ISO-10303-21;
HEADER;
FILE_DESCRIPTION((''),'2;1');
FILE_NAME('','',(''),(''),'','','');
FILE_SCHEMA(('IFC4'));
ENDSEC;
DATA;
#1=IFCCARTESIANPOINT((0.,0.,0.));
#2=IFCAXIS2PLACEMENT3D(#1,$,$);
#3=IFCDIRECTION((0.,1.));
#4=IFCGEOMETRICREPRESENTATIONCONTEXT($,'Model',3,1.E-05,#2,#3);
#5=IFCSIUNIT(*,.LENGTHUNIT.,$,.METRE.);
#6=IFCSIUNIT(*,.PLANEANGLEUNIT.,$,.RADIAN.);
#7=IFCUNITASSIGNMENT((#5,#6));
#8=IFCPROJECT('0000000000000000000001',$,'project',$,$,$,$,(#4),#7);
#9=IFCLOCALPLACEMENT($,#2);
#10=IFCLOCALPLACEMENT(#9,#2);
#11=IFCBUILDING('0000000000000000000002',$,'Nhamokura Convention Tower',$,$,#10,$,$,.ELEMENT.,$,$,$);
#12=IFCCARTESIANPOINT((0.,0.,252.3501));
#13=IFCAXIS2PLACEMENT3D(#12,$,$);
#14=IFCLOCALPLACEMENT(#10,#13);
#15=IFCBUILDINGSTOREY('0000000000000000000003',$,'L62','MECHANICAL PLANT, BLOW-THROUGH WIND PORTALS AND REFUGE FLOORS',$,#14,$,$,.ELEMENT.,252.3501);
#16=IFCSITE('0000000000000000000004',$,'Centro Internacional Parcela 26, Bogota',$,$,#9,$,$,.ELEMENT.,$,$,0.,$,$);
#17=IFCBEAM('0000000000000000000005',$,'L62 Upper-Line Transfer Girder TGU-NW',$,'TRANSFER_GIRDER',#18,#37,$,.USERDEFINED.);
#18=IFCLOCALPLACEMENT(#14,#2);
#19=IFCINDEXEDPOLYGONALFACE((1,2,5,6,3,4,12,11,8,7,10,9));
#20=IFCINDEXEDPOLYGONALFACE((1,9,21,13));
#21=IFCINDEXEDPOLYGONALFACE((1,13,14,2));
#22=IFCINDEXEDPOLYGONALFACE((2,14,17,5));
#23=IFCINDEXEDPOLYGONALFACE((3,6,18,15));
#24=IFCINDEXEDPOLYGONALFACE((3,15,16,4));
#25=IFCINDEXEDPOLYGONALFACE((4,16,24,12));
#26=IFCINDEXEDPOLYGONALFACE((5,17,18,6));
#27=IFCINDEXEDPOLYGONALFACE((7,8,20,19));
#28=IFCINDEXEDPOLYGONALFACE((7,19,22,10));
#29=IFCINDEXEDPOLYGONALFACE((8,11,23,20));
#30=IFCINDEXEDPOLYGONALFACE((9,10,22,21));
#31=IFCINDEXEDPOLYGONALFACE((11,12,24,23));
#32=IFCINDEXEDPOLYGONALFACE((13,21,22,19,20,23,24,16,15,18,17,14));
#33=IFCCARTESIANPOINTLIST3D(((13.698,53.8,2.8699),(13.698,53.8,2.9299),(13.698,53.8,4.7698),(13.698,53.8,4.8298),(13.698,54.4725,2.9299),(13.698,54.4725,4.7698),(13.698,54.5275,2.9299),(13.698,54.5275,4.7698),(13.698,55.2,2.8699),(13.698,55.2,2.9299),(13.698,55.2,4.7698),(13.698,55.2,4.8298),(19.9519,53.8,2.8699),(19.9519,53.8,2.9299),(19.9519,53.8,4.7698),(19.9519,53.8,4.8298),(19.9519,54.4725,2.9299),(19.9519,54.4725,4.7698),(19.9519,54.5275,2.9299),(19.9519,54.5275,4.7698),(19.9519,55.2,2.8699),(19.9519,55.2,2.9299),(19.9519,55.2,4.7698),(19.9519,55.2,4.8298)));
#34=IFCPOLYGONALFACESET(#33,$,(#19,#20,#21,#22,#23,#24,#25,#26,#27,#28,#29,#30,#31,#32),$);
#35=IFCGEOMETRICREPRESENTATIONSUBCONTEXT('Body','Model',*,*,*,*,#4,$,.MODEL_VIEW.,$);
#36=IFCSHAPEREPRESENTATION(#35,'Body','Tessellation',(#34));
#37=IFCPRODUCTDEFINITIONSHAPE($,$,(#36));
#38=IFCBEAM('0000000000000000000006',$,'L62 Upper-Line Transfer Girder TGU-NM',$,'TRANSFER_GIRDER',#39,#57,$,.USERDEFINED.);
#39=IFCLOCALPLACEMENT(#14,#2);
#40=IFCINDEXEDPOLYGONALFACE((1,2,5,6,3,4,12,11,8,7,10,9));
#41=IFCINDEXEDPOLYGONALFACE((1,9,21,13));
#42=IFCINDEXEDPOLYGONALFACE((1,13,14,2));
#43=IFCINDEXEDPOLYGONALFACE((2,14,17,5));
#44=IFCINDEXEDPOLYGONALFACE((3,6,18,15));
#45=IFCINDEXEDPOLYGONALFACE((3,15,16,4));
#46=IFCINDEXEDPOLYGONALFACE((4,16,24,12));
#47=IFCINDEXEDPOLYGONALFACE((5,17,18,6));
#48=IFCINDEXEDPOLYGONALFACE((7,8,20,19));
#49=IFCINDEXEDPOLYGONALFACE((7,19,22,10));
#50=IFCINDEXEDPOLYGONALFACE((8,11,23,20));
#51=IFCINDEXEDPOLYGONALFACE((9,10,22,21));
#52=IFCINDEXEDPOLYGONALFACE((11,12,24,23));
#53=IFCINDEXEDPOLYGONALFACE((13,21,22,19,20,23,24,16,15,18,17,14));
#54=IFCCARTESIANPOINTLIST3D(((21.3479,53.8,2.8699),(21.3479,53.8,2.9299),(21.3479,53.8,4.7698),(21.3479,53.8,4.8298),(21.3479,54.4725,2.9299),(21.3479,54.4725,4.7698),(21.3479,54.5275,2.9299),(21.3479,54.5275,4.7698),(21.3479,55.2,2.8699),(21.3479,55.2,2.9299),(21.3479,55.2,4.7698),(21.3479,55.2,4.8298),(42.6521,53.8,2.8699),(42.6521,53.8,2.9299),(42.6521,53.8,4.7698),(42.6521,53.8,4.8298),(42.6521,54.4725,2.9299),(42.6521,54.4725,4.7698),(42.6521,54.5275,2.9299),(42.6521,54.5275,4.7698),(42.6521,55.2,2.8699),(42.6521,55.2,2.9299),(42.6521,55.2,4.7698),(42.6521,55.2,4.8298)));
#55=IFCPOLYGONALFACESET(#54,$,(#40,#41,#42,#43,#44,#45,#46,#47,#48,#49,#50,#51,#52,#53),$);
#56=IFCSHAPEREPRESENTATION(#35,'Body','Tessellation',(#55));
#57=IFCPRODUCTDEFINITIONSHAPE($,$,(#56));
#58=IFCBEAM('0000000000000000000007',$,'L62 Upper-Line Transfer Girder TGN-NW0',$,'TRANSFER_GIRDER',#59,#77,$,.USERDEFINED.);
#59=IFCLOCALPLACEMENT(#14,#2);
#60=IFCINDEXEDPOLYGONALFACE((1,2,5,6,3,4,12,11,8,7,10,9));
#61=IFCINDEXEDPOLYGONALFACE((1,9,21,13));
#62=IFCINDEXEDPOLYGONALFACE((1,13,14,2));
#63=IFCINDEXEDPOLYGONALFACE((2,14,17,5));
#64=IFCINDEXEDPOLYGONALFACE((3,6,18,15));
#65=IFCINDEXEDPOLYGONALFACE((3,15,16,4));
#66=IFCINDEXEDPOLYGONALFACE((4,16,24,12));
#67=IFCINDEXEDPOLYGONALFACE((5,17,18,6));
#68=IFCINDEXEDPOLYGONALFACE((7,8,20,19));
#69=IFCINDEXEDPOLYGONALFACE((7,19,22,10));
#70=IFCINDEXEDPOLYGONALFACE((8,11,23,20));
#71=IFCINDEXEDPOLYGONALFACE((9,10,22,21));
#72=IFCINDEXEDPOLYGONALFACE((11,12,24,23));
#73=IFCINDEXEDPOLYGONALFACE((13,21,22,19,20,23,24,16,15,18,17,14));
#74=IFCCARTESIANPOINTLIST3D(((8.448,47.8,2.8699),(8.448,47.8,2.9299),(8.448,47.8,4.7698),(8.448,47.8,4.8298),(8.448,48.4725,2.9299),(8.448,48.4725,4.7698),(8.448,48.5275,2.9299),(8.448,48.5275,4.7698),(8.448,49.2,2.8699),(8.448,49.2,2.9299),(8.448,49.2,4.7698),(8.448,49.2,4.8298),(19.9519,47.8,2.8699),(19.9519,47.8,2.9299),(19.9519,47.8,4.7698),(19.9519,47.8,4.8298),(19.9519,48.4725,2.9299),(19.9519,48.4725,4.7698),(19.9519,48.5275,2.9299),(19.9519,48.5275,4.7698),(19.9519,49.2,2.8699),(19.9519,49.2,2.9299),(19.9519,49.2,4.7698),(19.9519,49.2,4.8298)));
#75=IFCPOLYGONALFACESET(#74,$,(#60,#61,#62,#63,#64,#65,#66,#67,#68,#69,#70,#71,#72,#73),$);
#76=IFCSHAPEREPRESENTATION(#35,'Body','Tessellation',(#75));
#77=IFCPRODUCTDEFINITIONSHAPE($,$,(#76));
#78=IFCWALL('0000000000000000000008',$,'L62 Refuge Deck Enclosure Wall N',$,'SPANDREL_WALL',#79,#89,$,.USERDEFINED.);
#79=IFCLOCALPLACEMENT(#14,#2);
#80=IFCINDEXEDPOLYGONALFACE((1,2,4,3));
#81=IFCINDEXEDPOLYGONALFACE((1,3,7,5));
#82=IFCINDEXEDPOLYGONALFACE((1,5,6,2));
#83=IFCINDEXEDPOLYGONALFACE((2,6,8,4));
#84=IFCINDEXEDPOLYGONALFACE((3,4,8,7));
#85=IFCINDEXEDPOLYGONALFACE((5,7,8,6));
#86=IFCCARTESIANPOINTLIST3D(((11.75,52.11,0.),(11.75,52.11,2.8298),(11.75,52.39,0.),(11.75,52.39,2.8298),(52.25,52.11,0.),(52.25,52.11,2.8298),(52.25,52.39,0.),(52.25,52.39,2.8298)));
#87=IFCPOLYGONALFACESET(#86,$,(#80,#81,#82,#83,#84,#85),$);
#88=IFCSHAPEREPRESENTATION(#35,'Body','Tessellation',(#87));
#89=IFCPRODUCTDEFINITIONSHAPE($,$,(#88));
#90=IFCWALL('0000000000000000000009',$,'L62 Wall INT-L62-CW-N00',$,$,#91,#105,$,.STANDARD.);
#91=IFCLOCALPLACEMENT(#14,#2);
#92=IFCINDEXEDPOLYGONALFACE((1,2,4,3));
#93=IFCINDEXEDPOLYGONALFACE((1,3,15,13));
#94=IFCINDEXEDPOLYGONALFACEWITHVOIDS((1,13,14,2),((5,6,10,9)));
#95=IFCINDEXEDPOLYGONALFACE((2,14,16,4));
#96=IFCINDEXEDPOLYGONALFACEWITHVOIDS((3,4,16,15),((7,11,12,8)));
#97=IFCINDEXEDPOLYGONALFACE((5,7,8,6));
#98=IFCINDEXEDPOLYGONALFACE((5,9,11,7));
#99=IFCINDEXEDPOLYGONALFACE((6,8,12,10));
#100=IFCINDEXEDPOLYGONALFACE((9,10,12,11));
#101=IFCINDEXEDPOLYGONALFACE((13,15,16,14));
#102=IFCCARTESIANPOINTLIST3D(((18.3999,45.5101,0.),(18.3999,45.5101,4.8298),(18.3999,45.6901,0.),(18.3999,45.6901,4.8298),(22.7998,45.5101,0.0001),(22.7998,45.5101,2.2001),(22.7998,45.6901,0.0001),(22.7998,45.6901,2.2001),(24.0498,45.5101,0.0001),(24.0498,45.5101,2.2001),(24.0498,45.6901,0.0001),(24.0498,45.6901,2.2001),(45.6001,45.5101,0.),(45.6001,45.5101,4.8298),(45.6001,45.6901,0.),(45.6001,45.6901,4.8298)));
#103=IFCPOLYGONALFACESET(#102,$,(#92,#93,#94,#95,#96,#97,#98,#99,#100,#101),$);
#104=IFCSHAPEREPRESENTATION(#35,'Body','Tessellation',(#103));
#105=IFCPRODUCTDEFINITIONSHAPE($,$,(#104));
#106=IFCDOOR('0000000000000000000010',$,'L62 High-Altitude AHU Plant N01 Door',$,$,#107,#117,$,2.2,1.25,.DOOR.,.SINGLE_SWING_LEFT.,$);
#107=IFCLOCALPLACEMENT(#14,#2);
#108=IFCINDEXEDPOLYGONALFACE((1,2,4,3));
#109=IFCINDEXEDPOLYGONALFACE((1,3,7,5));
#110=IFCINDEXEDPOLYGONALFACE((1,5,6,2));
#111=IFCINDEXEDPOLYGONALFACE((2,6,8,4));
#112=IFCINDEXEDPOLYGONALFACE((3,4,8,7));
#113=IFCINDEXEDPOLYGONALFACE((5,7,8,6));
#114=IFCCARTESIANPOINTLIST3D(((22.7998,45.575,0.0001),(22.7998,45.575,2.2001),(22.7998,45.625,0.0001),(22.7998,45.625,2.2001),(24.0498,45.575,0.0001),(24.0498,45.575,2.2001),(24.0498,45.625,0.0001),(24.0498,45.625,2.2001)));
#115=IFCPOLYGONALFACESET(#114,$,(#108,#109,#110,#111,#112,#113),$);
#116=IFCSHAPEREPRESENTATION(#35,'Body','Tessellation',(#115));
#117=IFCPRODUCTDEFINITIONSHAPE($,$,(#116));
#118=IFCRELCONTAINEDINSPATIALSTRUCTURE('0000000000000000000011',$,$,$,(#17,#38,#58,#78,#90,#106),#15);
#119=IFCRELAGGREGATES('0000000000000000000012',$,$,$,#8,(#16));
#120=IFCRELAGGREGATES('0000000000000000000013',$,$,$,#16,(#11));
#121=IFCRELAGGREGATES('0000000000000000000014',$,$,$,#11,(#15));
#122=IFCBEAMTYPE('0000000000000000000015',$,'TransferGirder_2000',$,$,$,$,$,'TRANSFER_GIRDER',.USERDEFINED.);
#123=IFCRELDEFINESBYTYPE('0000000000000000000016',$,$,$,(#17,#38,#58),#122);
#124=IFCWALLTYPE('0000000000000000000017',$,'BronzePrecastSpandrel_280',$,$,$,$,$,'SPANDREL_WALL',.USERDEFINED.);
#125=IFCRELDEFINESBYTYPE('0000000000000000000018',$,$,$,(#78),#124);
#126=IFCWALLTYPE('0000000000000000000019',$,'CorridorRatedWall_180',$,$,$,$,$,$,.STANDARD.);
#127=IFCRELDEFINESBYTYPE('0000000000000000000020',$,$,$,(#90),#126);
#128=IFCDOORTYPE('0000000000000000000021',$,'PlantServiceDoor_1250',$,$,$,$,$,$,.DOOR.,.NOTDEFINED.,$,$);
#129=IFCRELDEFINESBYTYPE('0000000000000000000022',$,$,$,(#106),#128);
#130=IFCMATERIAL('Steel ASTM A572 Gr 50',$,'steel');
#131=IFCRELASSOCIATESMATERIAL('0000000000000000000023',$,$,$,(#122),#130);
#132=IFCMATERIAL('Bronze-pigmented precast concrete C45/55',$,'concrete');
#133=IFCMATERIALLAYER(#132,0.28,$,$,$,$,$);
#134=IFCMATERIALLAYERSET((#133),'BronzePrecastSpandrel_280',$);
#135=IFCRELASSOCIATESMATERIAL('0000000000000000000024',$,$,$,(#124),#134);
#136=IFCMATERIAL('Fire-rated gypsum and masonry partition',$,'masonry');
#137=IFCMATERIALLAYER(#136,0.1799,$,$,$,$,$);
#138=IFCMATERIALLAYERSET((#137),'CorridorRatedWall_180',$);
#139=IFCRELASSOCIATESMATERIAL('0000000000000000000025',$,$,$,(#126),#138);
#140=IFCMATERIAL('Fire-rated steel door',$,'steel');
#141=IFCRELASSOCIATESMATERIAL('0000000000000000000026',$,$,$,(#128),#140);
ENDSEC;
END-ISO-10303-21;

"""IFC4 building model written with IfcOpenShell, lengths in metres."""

from ifc_helpers import new_model, si_unit, direction, frame, frame_2d, origin, origin_2d, place, context, subcontext, project, spatial, rectangle, i_section, extrude, material, layer, layer_set, material_profile, profile_set, type_object, element, fill, save


model = new_model("IFC4")

# Units and contexts
model_context = context("Model", 3, precision=1e-05, world=origin(), true_north=direction((0.0, 1.0)))
body_context = subcontext(model_context, "Body", "Model", "MODEL_VIEW")
ifc_project = project(units=[si_unit("LENGTHUNIT", "METRE"), si_unit("PLANEANGLEUNIT", "RADIAN")], contexts=[model_context])

# Site, building, storey
site_placement = place(None, origin())
site = spatial("IfcSite", under=ifc_project, at=site_placement, Name="Centro Internacional Parcela 26, Bogota", CompositionType="ELEMENT", RefElevation=0.0)
building_placement = place(site_placement, origin())
building = spatial("IfcBuilding", under=site, at=building_placement, Name="Nhamokura Convention Tower", CompositionType="ELEMENT")
storey_placement = place(building_placement, frame((0.0, 0.0, 252.3501)))
storey = spatial("IfcBuildingStorey", under=building, at=storey_placement, Name="L62", Description="MECHANICAL PLANT, BLOW-THROUGH WIND PORTALS AND REFUGE FLOORS", CompositionType="ELEMENT", Elevation=252.3501)

# Beams
ifc_material_1 = material(Name="Steel ASTM A572 Gr 50", Category="steel")
ifc_material_profile_1 = material_profile(ifc_material_1, i_section(OverallWidth=1.3999, OverallDepth=1.96, WebThickness=0.0549, FlangeThickness=0.0601, at=origin_2d()))
ifc_profile_set_1 = profile_set([ifc_material_profile_1], Name="Steel ASTM A572 Gr 50")
beam_type_1 = type_object("IfcBeamType", Name="TransferGirder_2000", ElementType="TRANSFER_GIRDER", PredefinedType="USERDEFINED", material=ifc_profile_set_1)
beam_1_placement = place(storey_placement, frame((13.698, 54.5, 3.8499), z_axis=(1.0, 0.0, 0.0), x_axis=(0.0, 1.0, 0.0)))
element("IfcBeam", 1, at=beam_1_placement, inside=storey, type_object=beam_type_1, Name="L62 Upper-Line Transfer Girder TGU-NW", ObjectType="TRANSFER_GIRDER", PredefinedType="USERDEFINED", context=body_context, shape_type="SweptSolid", body=[
    extrude(i_section(OverallWidth=1.3999, OverallDepth=1.96, WebThickness=0.0549, FlangeThickness=0.0601, at=origin_2d()), origin(), (0.0, 0.0, 1.0), 6.2539),
])
beam_2_placement = place(storey_placement, frame((21.3479, 54.5, 3.8499), z_axis=(1.0, 0.0, 0.0), x_axis=(0.0, 1.0, 0.0)))
element("IfcBeam", 2, at=beam_2_placement, inside=storey, type_object=beam_type_1, Name="L62 Upper-Line Transfer Girder TGU-NM", ObjectType="TRANSFER_GIRDER", PredefinedType="USERDEFINED", context=body_context, shape_type="SweptSolid", body=[
    extrude(i_section(OverallWidth=1.3999, OverallDepth=1.96, WebThickness=0.0549, FlangeThickness=0.0601, at=origin_2d()), origin(), (0.0, 0.0, 1.0), 21.3042),
])
beam_3_placement = place(storey_placement, frame((8.448, 48.5, 3.8499), z_axis=(1.0, 0.0, 0.0), x_axis=(0.0, 1.0, 0.0)))
element("IfcBeam", 3, at=beam_3_placement, inside=storey, type_object=beam_type_1, Name="L62 Upper-Line Transfer Girder TGN-NW0", ObjectType="TRANSFER_GIRDER", PredefinedType="USERDEFINED", context=body_context, shape_type="SweptSolid", body=[
    extrude(i_section(OverallWidth=1.3999, OverallDepth=1.96, WebThickness=0.0549, FlangeThickness=0.0601, at=origin_2d()), origin(), (0.0, 0.0, 1.0), 11.5039),
])

# Wall
ifc_material_2 = material(Name="Bronze-pigmented precast concrete C45/55", Category="concrete")
ifc_layer_1 = layer(ifc_material_2, 0.28)
ifc_layer_set_1 = layer_set([ifc_layer_1], Name="BronzePrecastSpandrel_280")
wall_type_1 = type_object("IfcWallType", Name="BronzePrecastSpandrel_280", ElementType="SPANDREL_WALL", PredefinedType="USERDEFINED", material=ifc_layer_set_1)
wall_1_placement = place(storey_placement, frame((11.75, 52.25, 0.0), z_axis=(0.0, 0.0, 1.0), x_axis=(1.0, 0.0, 0.0)))
element("IfcWall", 4, at=wall_1_placement, inside=storey, type_object=wall_type_1, Name="L62 Refuge Deck Enclosure Wall N", ObjectType="SPANDREL_WALL", PredefinedType="USERDEFINED", context=body_context, shape_type="SweptSolid", body=[
    extrude(rectangle(XDim=40.5, YDim=0.28, at=frame_2d((20.25, 0.0))), origin(), (0.0, 0.0, 1.0), 2.8298),
])

# Wall, opening, door
ifc_material_3 = material(Name="Fire-rated gypsum and masonry partition", Category="masonry")
ifc_layer_2 = layer(ifc_material_3, 0.1799)
ifc_layer_set_2 = layer_set([ifc_layer_2], Name="CorridorRatedWall_180")
wall_type_2 = type_object("IfcWallType", Name="CorridorRatedWall_180", PredefinedType="STANDARD", material=ifc_layer_set_2)
wall_2_placement = place(storey_placement, frame((18.3999, 45.6001, 0.0), z_axis=(0.0, 0.0, 1.0), x_axis=(1.0, 0.0, 0.0)))
wall_2 = element("IfcWall", 5, at=wall_2_placement, inside=storey, type_object=wall_type_2, Name="L62 Wall INT-L62-CW-N00", PredefinedType="STANDARD", context=body_context, shape_type="SweptSolid", body=[
    extrude(rectangle(XDim=27.2002, YDim=0.1799, at=frame_2d((13.6001, 0.0))), origin(), (0.0, 0.0, 1.0), 4.8298),
])
opening_placement = place(wall_2_placement, frame((4.3999, 0.0, 0.0)))
opening = element("IfcOpeningElement", 6, at=opening_placement, cuts=wall_2, PredefinedType="OPENING", context=body_context, shape_type="SweptSolid", body=[
    extrude(rectangle(XDim=1.25, YDim=2.2, at=frame_2d((0.625, 1.1001))), frame((0.0, 0.0999, 0.0), z_axis=(0.0, -1.0, 0.0), x_axis=(1.0, 0.0, 0.0)), (0.0, 0.0, 1.0), 0.2),
])
ifc_material_4 = material(Name="Fire-rated steel door", Category="steel")
door_type = type_object("IfcDoorType", Name="PlantServiceDoor_1250", OperationType="NOTDEFINED", PredefinedType="DOOR", material=ifc_material_4)
door_placement = place(opening_placement, origin())
door = element("IfcDoor", 7, at=door_placement, inside=storey, type_object=door_type, Name="L62 High-Altitude AHU Plant N01 Door", OperationType="SINGLE_SWING_LEFT", OverallHeight=2.2, OverallWidth=1.25, PredefinedType="DOOR", context=body_context, shape_type="SweptSolid", body=[
    extrude(rectangle(XDim=1.25, YDim=2.2, at=frame_2d((0.625, 1.1001))), frame((0.0, 0.0249, 0.0), z_axis=(0.0, -1.0, 0.0), x_axis=(1.0, 0.0, 0.0)), (0.0, 0.0, 1.0), 0.05),
])
fill(opening, door)

save(model, "model.ifc")
